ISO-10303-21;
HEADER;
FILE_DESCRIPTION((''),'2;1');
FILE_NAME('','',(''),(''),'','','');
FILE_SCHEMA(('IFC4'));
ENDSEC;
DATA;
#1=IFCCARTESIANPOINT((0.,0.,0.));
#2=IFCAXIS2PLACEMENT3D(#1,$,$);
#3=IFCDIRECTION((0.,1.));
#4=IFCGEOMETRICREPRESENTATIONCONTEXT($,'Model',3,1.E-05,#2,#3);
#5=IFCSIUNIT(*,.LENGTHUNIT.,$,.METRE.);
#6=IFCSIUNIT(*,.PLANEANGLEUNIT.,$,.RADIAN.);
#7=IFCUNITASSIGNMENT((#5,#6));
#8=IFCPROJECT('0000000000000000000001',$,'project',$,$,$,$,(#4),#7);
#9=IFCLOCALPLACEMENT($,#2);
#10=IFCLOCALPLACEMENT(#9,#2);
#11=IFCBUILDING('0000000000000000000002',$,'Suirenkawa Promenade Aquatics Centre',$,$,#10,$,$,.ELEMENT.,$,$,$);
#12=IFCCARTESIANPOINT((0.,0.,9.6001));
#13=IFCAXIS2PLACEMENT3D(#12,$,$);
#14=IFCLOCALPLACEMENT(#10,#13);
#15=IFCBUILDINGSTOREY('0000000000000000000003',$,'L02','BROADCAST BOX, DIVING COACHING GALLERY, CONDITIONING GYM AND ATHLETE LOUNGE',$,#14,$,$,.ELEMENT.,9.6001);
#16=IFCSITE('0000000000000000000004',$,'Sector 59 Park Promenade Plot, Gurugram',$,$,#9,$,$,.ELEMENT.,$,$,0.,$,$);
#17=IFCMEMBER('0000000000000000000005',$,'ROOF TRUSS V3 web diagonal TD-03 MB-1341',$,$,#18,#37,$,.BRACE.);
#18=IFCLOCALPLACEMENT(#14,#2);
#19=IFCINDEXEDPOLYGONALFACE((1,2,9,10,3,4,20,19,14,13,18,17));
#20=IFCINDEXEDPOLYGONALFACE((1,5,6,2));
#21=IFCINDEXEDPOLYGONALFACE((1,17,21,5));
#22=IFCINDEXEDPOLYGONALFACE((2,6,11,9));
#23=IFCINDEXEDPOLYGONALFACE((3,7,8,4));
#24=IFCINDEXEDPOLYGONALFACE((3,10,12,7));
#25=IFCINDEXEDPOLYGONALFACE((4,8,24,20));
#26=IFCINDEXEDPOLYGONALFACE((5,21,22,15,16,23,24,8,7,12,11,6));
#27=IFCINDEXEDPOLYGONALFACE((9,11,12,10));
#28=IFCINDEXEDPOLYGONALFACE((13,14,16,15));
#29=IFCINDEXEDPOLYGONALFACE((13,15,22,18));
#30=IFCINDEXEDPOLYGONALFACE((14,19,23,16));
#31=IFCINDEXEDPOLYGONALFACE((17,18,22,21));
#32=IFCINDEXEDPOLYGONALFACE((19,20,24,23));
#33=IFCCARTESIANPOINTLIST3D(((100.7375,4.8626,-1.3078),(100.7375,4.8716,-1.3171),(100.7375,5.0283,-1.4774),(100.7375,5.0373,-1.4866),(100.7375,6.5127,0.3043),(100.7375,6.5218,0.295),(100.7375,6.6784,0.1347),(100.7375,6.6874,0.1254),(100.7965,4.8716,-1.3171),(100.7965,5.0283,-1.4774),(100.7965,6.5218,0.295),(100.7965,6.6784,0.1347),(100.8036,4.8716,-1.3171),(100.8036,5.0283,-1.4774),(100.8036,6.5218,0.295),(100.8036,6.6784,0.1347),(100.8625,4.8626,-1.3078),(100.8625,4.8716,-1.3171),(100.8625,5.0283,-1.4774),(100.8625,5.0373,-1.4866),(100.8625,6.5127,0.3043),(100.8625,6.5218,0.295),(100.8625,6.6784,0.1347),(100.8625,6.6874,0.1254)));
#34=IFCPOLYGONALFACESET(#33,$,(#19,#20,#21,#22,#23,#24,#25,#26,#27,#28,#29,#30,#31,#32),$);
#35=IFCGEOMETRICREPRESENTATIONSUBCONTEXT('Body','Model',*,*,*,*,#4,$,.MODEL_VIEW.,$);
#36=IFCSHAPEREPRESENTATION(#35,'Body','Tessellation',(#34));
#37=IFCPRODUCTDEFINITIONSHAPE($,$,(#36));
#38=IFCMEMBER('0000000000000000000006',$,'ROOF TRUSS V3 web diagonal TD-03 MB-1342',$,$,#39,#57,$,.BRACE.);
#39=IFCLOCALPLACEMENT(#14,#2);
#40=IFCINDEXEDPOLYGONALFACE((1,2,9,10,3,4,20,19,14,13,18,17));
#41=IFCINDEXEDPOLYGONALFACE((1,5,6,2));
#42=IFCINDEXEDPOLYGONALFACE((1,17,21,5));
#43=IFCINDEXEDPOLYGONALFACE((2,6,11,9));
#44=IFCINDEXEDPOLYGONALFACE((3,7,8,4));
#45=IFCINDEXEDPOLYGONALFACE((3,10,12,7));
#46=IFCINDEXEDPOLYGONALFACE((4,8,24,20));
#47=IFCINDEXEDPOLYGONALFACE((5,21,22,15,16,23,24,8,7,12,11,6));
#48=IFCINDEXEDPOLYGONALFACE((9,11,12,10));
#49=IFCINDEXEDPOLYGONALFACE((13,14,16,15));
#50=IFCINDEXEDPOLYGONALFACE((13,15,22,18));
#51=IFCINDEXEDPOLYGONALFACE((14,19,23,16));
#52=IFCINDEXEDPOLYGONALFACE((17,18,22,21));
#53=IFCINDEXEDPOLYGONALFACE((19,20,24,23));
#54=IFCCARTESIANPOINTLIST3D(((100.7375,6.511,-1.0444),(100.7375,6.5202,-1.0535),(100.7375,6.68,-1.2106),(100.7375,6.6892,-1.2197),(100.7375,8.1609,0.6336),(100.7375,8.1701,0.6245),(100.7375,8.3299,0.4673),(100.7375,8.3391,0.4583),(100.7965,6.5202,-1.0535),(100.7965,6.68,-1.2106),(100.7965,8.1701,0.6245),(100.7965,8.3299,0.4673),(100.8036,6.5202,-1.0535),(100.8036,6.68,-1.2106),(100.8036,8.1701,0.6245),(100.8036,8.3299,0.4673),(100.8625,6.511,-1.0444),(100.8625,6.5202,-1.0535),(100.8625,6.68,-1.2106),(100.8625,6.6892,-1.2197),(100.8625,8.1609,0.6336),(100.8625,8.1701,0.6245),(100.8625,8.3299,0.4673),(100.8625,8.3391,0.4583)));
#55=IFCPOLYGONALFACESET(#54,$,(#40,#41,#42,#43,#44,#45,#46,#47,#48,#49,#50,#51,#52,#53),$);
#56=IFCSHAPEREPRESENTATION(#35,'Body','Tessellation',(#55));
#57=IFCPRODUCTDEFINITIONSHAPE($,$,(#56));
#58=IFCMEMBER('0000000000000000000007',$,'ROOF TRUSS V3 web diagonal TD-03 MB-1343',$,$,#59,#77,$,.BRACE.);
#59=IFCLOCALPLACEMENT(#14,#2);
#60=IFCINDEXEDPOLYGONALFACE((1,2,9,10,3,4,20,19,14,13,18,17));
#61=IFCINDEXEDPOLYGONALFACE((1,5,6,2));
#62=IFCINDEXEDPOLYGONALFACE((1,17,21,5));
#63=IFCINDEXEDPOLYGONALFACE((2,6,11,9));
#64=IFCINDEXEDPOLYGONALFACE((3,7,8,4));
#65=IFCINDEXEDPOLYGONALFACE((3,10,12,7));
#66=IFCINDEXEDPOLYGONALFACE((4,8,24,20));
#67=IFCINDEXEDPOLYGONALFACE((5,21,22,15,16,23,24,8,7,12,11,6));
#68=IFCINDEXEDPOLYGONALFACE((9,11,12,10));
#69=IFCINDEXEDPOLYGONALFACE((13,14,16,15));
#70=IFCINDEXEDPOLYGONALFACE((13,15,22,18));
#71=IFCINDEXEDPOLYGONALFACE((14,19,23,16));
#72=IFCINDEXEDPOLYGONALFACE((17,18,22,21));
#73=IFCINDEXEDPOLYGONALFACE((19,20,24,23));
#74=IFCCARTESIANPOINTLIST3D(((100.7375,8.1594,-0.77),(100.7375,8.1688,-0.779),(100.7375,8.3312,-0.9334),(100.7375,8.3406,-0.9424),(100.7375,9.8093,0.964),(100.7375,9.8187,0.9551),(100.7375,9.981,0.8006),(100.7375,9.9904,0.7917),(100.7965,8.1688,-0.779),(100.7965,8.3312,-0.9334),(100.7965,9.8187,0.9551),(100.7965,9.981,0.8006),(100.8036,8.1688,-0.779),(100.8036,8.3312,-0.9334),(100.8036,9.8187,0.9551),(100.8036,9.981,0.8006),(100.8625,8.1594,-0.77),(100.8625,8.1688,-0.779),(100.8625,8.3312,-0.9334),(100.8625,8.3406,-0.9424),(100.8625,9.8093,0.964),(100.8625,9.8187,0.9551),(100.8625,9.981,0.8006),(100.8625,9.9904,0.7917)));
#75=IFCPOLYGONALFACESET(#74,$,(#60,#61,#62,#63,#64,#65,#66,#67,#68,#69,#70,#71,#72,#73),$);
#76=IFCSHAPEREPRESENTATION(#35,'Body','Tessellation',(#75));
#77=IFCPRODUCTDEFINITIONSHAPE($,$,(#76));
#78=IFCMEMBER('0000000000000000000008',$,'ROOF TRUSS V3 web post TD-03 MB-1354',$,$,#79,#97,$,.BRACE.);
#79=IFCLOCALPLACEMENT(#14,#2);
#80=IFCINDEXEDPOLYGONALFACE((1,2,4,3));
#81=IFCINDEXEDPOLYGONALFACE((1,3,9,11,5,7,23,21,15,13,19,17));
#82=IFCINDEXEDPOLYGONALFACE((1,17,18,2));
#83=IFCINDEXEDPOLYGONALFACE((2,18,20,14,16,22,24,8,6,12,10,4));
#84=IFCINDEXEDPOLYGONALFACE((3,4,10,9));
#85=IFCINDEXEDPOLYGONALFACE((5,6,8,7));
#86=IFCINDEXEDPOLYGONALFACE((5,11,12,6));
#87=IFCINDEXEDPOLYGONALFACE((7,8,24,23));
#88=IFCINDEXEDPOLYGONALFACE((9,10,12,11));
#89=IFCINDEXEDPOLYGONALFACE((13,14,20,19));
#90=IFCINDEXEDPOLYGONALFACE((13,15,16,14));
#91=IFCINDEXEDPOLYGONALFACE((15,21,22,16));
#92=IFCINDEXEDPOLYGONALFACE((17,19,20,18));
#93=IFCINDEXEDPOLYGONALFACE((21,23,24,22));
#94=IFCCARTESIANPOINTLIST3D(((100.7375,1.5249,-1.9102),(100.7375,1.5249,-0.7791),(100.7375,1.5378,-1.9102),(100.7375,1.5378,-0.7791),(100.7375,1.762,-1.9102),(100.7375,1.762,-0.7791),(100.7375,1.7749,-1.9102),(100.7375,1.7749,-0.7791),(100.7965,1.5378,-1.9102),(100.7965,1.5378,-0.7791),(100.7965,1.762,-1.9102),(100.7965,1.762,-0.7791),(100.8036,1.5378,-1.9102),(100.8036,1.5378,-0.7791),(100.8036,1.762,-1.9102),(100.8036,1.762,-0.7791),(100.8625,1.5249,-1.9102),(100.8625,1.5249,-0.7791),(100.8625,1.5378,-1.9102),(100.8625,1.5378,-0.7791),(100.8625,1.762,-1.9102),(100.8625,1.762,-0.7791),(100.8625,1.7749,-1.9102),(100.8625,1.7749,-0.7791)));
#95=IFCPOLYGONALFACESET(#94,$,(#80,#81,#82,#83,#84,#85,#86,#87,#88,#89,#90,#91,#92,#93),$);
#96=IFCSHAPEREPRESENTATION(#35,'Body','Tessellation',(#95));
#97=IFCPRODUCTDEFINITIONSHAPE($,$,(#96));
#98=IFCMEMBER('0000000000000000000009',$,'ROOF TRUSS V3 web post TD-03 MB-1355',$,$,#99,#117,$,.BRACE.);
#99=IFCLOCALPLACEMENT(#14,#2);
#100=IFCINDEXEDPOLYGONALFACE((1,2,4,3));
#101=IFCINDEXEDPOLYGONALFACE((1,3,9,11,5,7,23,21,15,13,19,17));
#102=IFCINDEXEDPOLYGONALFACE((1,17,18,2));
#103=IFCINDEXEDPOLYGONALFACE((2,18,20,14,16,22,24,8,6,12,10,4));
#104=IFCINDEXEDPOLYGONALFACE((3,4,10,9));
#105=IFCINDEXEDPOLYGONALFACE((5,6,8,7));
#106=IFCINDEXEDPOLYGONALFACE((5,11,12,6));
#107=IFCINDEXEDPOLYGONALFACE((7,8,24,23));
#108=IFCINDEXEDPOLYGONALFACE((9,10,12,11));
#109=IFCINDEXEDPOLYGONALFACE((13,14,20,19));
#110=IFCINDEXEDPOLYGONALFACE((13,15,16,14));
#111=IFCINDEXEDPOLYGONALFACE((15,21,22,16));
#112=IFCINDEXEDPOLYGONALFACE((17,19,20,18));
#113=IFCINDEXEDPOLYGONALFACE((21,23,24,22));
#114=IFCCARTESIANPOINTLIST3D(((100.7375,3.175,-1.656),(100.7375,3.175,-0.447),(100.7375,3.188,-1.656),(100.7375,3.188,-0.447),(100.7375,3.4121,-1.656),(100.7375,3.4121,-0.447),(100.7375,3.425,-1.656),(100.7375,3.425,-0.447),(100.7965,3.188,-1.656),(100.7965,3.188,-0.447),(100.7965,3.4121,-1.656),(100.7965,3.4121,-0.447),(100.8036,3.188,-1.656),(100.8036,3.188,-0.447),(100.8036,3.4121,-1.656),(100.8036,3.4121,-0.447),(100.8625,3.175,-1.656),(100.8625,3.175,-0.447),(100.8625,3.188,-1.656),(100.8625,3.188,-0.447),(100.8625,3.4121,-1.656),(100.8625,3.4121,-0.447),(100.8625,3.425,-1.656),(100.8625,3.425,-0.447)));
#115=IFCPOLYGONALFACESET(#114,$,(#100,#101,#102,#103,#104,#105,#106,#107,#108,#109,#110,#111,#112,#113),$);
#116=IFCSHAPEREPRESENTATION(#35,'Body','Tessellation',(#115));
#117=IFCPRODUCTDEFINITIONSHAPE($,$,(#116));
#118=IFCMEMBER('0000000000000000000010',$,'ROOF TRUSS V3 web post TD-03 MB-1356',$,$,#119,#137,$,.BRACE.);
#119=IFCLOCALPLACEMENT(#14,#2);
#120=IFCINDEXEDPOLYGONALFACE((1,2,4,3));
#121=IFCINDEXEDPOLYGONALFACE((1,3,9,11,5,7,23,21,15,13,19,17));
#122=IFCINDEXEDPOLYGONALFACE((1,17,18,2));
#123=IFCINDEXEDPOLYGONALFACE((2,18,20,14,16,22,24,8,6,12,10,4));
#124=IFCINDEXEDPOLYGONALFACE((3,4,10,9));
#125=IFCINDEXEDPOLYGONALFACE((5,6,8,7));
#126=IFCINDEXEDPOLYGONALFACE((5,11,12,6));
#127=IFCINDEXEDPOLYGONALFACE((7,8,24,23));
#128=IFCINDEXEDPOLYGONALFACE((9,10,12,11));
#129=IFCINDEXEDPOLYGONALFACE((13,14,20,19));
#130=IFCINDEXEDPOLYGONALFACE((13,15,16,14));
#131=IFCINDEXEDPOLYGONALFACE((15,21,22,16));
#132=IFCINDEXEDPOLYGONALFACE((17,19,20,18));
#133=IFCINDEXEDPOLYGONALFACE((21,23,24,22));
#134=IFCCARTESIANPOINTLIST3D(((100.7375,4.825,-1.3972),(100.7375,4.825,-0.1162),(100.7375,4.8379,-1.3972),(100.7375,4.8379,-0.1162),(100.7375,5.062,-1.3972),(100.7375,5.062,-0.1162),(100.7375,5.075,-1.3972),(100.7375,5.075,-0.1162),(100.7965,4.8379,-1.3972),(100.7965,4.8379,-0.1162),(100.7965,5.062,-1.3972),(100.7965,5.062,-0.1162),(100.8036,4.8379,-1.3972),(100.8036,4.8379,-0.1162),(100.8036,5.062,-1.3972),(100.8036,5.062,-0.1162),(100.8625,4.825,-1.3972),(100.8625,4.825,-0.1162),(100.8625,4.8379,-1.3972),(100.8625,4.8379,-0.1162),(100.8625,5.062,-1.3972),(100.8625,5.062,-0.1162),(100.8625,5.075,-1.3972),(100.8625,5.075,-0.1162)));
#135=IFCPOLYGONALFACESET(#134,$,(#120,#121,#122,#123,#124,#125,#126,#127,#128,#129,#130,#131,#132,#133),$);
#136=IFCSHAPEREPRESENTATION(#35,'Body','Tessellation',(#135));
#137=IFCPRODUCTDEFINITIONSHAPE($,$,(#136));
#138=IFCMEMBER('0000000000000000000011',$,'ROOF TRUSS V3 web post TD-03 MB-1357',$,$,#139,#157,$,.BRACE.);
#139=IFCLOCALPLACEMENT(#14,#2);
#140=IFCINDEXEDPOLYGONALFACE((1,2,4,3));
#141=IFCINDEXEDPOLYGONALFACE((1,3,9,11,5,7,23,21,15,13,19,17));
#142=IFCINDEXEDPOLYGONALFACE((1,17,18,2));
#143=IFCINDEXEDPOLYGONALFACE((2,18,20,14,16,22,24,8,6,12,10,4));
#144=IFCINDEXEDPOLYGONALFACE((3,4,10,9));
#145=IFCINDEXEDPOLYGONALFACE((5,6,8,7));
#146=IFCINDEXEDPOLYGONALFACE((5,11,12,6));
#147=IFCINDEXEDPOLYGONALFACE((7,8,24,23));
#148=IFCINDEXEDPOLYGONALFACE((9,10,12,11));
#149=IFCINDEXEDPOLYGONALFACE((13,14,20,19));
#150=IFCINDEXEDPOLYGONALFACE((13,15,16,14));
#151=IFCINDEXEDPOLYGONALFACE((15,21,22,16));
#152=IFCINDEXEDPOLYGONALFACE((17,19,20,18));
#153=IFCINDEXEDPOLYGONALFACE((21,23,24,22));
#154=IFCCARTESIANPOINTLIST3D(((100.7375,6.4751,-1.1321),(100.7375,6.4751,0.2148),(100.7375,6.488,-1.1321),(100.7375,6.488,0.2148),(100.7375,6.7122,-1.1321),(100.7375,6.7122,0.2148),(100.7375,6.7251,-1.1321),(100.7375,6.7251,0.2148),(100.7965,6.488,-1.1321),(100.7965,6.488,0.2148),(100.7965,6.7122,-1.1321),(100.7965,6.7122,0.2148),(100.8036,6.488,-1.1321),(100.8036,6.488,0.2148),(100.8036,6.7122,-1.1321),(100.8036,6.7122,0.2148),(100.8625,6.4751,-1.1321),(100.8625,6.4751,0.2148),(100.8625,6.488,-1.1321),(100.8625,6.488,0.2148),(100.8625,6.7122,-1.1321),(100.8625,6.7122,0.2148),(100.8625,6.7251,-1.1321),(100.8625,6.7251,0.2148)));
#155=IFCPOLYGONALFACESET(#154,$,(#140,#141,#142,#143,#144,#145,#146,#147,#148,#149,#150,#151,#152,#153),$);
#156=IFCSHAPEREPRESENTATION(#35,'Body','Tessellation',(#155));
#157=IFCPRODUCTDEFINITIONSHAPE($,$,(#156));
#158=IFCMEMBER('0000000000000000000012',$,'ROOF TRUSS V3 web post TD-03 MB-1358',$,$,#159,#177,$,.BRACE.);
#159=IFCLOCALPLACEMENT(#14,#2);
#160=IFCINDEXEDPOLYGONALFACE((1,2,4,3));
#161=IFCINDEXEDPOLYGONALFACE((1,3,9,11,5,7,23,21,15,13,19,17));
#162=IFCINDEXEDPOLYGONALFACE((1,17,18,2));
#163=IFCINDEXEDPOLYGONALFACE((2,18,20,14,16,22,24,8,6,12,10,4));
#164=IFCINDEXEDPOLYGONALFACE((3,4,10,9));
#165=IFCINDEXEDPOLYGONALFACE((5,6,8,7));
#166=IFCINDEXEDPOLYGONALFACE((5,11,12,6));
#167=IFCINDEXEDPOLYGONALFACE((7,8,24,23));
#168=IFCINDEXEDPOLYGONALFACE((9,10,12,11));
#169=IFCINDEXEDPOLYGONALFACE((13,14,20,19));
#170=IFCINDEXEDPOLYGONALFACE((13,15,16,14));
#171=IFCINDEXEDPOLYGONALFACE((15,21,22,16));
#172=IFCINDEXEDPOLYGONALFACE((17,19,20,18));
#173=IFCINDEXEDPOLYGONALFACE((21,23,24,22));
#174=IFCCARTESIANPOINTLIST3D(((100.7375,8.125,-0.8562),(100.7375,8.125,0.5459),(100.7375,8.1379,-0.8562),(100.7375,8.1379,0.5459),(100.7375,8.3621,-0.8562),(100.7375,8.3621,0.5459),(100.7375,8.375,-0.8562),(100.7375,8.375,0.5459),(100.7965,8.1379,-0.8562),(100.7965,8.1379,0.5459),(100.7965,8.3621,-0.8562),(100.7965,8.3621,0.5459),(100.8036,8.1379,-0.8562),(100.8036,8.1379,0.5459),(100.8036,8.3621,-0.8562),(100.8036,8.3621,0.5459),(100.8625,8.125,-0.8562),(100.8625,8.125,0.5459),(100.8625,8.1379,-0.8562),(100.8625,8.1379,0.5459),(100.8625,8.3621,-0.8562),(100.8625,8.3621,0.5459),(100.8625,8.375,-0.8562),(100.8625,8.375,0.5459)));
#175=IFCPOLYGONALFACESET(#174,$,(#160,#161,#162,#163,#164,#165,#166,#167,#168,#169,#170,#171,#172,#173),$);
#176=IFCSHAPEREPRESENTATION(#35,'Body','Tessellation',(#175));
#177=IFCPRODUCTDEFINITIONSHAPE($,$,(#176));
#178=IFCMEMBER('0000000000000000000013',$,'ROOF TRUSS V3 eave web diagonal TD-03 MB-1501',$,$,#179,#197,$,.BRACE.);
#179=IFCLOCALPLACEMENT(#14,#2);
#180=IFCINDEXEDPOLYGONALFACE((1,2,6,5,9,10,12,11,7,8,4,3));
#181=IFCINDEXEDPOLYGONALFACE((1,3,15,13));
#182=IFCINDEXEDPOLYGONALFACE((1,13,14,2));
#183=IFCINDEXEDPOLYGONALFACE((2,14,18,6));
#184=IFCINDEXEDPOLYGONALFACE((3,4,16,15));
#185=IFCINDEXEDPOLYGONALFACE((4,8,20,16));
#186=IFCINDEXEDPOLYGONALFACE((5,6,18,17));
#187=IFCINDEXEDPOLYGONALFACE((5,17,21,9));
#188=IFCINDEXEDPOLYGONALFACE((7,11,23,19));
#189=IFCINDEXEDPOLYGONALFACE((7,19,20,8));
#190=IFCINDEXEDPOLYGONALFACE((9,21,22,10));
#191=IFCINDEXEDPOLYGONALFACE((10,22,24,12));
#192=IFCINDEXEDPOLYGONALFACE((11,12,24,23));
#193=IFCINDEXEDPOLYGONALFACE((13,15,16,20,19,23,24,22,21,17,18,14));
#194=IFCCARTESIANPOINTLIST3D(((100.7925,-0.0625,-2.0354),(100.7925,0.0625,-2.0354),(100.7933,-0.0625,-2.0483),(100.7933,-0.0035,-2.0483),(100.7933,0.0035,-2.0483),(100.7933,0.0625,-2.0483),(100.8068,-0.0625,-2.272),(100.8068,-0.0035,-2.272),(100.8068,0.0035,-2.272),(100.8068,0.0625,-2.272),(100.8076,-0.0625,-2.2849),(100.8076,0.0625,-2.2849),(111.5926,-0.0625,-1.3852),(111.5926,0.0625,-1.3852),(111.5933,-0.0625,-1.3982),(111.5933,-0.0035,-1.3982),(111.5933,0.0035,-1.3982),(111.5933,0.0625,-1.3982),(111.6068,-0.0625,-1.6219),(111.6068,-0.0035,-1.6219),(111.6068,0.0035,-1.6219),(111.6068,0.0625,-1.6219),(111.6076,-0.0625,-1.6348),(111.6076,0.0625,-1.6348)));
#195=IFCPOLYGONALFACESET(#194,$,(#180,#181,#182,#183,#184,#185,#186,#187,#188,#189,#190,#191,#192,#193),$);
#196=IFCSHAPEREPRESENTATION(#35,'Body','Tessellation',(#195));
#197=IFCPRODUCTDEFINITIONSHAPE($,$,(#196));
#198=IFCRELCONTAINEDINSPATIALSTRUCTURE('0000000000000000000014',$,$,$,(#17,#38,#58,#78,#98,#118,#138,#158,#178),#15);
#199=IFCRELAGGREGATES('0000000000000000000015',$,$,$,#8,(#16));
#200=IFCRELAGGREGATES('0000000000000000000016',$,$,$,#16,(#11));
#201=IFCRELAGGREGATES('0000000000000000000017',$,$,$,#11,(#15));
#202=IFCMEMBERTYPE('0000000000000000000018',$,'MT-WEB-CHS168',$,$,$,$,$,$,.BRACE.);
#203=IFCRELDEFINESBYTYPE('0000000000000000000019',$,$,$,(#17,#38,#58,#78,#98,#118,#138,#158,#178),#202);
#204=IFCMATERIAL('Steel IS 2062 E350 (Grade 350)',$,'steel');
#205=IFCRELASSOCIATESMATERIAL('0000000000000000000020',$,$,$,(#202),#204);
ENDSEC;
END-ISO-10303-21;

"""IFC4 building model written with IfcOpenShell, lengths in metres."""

from ifc_helpers import new_model, si_unit, direction, frame, origin, origin_2d, place, context, subcontext, project, spatial, i_section, extrude, material, material_profile, profile_set, type_object, element, save


model = new_model("IFC4")

# Units and contexts
model_context = context("Model", 3, precision=1e-05, world=origin(), true_north=direction((0.0, 1.0)))
body_context = subcontext(model_context, "Body", "Model", "MODEL_VIEW")
ifc_project = project(units=[si_unit("LENGTHUNIT", "METRE"), si_unit("PLANEANGLEUNIT", "RADIAN")], contexts=[model_context])

# Site, building, storey
site_placement = place(None, origin())
site = spatial("IfcSite", under=ifc_project, at=site_placement, Name="Sector 59 Park Promenade Plot, Gurugram", CompositionType="ELEMENT", RefElevation=0.0)
building_placement = place(site_placement, origin())
building = spatial("IfcBuilding", under=site, at=building_placement, Name="Suirenkawa Promenade Aquatics Centre", CompositionType="ELEMENT")
storey_placement = place(building_placement, frame((0.0, 0.0, 9.6001)))
storey = spatial("IfcBuildingStorey", under=building, at=storey_placement, Name="L02", Description="BROADCAST BOX, DIVING COACHING GALLERY, CONDITIONING GYM AND ATHLETE LOUNGE", CompositionType="ELEMENT", Elevation=9.6001)

# Shared definitions
ifc_material_1 = material(Name="Steel IS 2062 E350 (Grade 350)", Category="steel")

# Members
ifc_material_profile_1 = material_profile(ifc_material_1, i_section(OverallWidth=0.125, OverallDepth=0.25, WebThickness=0.0071, FlangeThickness=0.0129, at=origin_2d()), Name="ISMB 250", Category="steel")
ifc_profile_set_1 = profile_set([ifc_material_profile_1], Name="Steel IS 2062 E350 (Grade 350)")
member_type_1 = type_object("IfcMemberType", Name="MT-WEB-CHS168", PredefinedType="BRACE", material=ifc_profile_set_1)
member_1_placement = place(storey_placement, frame((100.8, 4.95, -1.3972), z_axis=(0.0, 0.715313, 0.698804), x_axis=(-1.0, 0.0, 0.0)))
element("IfcMember", 1, at=member_1_placement, inside=storey, type_object=member_type_1, Name="ROOF TRUSS V3 web diagonal TD-03 MB-1341", PredefinedType="BRACE", context=body_context, shape_type="SweptSolid", body=[
    extrude(i_section(OverallWidth=0.125, OverallDepth=0.25, WebThickness=0.0071, FlangeThickness=0.0129, at=origin_2d()), origin(), (0.0, 0.0, 1.0), 2.3069),
])
member_2_placement = place(storey_placement, frame((100.8, 6.6001, -1.1321), z_axis=(0.0, 0.701116, 0.713047), x_axis=(-1.0, 0.0, 0.0)))
element("IfcMember", 2, at=member_2_placement, inside=storey, type_object=member_type_1, Name="ROOF TRUSS V3 web diagonal TD-03 MB-1342", PredefinedType="BRACE", context=body_context, shape_type="SweptSolid", body=[
    extrude(i_section(OverallWidth=0.125, OverallDepth=0.25, WebThickness=0.0071, FlangeThickness=0.0129, at=origin_2d()), origin(), (0.0, 0.0, 1.0), 2.3533),
])
member_3_placement = place(storey_placement, frame((100.8, 8.25, -0.8562), z_axis=(0.0, 0.689293, 0.724482), x_axis=(-1.0, 0.0, 0.0)))
element("IfcMember", 3, at=member_3_placement, inside=storey, type_object=member_type_1, Name="ROOF TRUSS V3 web diagonal TD-03 MB-1343", PredefinedType="BRACE", context=body_context, shape_type="SweptSolid", body=[
    extrude(i_section(OverallWidth=0.125, OverallDepth=0.25, WebThickness=0.0071, FlangeThickness=0.0129, at=origin_2d()), origin(), (0.0, 0.0, 1.0), 2.3936),
])
member_4_placement = place(storey_placement, frame((100.8, 1.6499, -1.9102), z_axis=(0.0, 0.0, 1.0), x_axis=(1.0, 0.0, 0.0)))
element("IfcMember", 4, at=member_4_placement, inside=storey, type_object=member_type_1, Name="ROOF TRUSS V3 web post TD-03 MB-1354", PredefinedType="BRACE", context=body_context, shape_type="SweptSolid", body=[
    extrude(i_section(OverallWidth=0.125, OverallDepth=0.25, WebThickness=0.0071, FlangeThickness=0.0129, at=origin_2d()), origin(), (0.0, 0.0, 1.0), 1.1311),
])
member_5_placement = place(storey_placement, frame((100.8, 3.3, -1.656), z_axis=(0.0, 0.0, 1.0), x_axis=(1.0, 0.0, 0.0)))
element("IfcMember", 5, at=member_5_placement, inside=storey, type_object=member_type_1, Name="ROOF TRUSS V3 web post TD-03 MB-1355", PredefinedType="BRACE", context=body_context, shape_type="SweptSolid", body=[
    extrude(i_section(OverallWidth=0.125, OverallDepth=0.25, WebThickness=0.0071, FlangeThickness=0.0129, at=origin_2d()), origin(), (0.0, 0.0, 1.0), 1.209),
])
member_6_placement = place(storey_placement, frame((100.8, 4.95, -1.3972), z_axis=(0.0, 0.0, 1.0), x_axis=(1.0, 0.0, 0.0)))
element("IfcMember", 6, at=member_6_placement, inside=storey, type_object=member_type_1, Name="ROOF TRUSS V3 web post TD-03 MB-1356", PredefinedType="BRACE", context=body_context, shape_type="SweptSolid", body=[
    extrude(i_section(OverallWidth=0.125, OverallDepth=0.25, WebThickness=0.0071, FlangeThickness=0.0129, at=origin_2d()), origin(), (0.0, 0.0, 1.0), 1.281),
])
member_7_placement = place(storey_placement, frame((100.8, 6.6001, -1.1321), z_axis=(0.0, 0.0, 1.0), x_axis=(1.0, 0.0, 0.0)))
element("IfcMember", 7, at=member_7_placement, inside=storey, type_object=member_type_1, Name="ROOF TRUSS V3 web post TD-03 MB-1357", PredefinedType="BRACE", context=body_context, shape_type="SweptSolid", body=[
    extrude(i_section(OverallWidth=0.125, OverallDepth=0.25, WebThickness=0.0071, FlangeThickness=0.0129, at=origin_2d()), origin(), (0.0, 0.0, 1.0), 1.3469),
])
member_8_placement = place(storey_placement, frame((100.8, 8.25, -0.8562), z_axis=(0.0, 0.0, 1.0), x_axis=(1.0, 0.0, 0.0)))
element("IfcMember", 8, at=member_8_placement, inside=storey, type_object=member_type_1, Name="ROOF TRUSS V3 web post TD-03 MB-1358", PredefinedType="BRACE", context=body_context, shape_type="SweptSolid", body=[
    extrude(i_section(OverallWidth=0.125, OverallDepth=0.25, WebThickness=0.0071, FlangeThickness=0.0129, at=origin_2d()), origin(), (0.0, 0.0, 1.0), 1.4021),
])
member_9_placement = place(storey_placement, frame((100.8, 0.0, -2.1602), z_axis=(0.998193, 0.0, 0.06009), x_axis=(0.0, 1.0, 0.0)))
element("IfcMember", 9, at=member_9_placement, inside=storey, type_object=member_type_1, Name="ROOF TRUSS V3 eave web diagonal TD-03 MB-1501", PredefinedType="BRACE", context=body_context, shape_type="SweptSolid", body=[
    extrude(i_section(OverallWidth=0.125, OverallDepth=0.25, WebThickness=0.0071, FlangeThickness=0.0129, at=origin_2d()), origin(), (0.0, 0.0, 1.0), 10.8196),
])

save(model, "model.ifc")
